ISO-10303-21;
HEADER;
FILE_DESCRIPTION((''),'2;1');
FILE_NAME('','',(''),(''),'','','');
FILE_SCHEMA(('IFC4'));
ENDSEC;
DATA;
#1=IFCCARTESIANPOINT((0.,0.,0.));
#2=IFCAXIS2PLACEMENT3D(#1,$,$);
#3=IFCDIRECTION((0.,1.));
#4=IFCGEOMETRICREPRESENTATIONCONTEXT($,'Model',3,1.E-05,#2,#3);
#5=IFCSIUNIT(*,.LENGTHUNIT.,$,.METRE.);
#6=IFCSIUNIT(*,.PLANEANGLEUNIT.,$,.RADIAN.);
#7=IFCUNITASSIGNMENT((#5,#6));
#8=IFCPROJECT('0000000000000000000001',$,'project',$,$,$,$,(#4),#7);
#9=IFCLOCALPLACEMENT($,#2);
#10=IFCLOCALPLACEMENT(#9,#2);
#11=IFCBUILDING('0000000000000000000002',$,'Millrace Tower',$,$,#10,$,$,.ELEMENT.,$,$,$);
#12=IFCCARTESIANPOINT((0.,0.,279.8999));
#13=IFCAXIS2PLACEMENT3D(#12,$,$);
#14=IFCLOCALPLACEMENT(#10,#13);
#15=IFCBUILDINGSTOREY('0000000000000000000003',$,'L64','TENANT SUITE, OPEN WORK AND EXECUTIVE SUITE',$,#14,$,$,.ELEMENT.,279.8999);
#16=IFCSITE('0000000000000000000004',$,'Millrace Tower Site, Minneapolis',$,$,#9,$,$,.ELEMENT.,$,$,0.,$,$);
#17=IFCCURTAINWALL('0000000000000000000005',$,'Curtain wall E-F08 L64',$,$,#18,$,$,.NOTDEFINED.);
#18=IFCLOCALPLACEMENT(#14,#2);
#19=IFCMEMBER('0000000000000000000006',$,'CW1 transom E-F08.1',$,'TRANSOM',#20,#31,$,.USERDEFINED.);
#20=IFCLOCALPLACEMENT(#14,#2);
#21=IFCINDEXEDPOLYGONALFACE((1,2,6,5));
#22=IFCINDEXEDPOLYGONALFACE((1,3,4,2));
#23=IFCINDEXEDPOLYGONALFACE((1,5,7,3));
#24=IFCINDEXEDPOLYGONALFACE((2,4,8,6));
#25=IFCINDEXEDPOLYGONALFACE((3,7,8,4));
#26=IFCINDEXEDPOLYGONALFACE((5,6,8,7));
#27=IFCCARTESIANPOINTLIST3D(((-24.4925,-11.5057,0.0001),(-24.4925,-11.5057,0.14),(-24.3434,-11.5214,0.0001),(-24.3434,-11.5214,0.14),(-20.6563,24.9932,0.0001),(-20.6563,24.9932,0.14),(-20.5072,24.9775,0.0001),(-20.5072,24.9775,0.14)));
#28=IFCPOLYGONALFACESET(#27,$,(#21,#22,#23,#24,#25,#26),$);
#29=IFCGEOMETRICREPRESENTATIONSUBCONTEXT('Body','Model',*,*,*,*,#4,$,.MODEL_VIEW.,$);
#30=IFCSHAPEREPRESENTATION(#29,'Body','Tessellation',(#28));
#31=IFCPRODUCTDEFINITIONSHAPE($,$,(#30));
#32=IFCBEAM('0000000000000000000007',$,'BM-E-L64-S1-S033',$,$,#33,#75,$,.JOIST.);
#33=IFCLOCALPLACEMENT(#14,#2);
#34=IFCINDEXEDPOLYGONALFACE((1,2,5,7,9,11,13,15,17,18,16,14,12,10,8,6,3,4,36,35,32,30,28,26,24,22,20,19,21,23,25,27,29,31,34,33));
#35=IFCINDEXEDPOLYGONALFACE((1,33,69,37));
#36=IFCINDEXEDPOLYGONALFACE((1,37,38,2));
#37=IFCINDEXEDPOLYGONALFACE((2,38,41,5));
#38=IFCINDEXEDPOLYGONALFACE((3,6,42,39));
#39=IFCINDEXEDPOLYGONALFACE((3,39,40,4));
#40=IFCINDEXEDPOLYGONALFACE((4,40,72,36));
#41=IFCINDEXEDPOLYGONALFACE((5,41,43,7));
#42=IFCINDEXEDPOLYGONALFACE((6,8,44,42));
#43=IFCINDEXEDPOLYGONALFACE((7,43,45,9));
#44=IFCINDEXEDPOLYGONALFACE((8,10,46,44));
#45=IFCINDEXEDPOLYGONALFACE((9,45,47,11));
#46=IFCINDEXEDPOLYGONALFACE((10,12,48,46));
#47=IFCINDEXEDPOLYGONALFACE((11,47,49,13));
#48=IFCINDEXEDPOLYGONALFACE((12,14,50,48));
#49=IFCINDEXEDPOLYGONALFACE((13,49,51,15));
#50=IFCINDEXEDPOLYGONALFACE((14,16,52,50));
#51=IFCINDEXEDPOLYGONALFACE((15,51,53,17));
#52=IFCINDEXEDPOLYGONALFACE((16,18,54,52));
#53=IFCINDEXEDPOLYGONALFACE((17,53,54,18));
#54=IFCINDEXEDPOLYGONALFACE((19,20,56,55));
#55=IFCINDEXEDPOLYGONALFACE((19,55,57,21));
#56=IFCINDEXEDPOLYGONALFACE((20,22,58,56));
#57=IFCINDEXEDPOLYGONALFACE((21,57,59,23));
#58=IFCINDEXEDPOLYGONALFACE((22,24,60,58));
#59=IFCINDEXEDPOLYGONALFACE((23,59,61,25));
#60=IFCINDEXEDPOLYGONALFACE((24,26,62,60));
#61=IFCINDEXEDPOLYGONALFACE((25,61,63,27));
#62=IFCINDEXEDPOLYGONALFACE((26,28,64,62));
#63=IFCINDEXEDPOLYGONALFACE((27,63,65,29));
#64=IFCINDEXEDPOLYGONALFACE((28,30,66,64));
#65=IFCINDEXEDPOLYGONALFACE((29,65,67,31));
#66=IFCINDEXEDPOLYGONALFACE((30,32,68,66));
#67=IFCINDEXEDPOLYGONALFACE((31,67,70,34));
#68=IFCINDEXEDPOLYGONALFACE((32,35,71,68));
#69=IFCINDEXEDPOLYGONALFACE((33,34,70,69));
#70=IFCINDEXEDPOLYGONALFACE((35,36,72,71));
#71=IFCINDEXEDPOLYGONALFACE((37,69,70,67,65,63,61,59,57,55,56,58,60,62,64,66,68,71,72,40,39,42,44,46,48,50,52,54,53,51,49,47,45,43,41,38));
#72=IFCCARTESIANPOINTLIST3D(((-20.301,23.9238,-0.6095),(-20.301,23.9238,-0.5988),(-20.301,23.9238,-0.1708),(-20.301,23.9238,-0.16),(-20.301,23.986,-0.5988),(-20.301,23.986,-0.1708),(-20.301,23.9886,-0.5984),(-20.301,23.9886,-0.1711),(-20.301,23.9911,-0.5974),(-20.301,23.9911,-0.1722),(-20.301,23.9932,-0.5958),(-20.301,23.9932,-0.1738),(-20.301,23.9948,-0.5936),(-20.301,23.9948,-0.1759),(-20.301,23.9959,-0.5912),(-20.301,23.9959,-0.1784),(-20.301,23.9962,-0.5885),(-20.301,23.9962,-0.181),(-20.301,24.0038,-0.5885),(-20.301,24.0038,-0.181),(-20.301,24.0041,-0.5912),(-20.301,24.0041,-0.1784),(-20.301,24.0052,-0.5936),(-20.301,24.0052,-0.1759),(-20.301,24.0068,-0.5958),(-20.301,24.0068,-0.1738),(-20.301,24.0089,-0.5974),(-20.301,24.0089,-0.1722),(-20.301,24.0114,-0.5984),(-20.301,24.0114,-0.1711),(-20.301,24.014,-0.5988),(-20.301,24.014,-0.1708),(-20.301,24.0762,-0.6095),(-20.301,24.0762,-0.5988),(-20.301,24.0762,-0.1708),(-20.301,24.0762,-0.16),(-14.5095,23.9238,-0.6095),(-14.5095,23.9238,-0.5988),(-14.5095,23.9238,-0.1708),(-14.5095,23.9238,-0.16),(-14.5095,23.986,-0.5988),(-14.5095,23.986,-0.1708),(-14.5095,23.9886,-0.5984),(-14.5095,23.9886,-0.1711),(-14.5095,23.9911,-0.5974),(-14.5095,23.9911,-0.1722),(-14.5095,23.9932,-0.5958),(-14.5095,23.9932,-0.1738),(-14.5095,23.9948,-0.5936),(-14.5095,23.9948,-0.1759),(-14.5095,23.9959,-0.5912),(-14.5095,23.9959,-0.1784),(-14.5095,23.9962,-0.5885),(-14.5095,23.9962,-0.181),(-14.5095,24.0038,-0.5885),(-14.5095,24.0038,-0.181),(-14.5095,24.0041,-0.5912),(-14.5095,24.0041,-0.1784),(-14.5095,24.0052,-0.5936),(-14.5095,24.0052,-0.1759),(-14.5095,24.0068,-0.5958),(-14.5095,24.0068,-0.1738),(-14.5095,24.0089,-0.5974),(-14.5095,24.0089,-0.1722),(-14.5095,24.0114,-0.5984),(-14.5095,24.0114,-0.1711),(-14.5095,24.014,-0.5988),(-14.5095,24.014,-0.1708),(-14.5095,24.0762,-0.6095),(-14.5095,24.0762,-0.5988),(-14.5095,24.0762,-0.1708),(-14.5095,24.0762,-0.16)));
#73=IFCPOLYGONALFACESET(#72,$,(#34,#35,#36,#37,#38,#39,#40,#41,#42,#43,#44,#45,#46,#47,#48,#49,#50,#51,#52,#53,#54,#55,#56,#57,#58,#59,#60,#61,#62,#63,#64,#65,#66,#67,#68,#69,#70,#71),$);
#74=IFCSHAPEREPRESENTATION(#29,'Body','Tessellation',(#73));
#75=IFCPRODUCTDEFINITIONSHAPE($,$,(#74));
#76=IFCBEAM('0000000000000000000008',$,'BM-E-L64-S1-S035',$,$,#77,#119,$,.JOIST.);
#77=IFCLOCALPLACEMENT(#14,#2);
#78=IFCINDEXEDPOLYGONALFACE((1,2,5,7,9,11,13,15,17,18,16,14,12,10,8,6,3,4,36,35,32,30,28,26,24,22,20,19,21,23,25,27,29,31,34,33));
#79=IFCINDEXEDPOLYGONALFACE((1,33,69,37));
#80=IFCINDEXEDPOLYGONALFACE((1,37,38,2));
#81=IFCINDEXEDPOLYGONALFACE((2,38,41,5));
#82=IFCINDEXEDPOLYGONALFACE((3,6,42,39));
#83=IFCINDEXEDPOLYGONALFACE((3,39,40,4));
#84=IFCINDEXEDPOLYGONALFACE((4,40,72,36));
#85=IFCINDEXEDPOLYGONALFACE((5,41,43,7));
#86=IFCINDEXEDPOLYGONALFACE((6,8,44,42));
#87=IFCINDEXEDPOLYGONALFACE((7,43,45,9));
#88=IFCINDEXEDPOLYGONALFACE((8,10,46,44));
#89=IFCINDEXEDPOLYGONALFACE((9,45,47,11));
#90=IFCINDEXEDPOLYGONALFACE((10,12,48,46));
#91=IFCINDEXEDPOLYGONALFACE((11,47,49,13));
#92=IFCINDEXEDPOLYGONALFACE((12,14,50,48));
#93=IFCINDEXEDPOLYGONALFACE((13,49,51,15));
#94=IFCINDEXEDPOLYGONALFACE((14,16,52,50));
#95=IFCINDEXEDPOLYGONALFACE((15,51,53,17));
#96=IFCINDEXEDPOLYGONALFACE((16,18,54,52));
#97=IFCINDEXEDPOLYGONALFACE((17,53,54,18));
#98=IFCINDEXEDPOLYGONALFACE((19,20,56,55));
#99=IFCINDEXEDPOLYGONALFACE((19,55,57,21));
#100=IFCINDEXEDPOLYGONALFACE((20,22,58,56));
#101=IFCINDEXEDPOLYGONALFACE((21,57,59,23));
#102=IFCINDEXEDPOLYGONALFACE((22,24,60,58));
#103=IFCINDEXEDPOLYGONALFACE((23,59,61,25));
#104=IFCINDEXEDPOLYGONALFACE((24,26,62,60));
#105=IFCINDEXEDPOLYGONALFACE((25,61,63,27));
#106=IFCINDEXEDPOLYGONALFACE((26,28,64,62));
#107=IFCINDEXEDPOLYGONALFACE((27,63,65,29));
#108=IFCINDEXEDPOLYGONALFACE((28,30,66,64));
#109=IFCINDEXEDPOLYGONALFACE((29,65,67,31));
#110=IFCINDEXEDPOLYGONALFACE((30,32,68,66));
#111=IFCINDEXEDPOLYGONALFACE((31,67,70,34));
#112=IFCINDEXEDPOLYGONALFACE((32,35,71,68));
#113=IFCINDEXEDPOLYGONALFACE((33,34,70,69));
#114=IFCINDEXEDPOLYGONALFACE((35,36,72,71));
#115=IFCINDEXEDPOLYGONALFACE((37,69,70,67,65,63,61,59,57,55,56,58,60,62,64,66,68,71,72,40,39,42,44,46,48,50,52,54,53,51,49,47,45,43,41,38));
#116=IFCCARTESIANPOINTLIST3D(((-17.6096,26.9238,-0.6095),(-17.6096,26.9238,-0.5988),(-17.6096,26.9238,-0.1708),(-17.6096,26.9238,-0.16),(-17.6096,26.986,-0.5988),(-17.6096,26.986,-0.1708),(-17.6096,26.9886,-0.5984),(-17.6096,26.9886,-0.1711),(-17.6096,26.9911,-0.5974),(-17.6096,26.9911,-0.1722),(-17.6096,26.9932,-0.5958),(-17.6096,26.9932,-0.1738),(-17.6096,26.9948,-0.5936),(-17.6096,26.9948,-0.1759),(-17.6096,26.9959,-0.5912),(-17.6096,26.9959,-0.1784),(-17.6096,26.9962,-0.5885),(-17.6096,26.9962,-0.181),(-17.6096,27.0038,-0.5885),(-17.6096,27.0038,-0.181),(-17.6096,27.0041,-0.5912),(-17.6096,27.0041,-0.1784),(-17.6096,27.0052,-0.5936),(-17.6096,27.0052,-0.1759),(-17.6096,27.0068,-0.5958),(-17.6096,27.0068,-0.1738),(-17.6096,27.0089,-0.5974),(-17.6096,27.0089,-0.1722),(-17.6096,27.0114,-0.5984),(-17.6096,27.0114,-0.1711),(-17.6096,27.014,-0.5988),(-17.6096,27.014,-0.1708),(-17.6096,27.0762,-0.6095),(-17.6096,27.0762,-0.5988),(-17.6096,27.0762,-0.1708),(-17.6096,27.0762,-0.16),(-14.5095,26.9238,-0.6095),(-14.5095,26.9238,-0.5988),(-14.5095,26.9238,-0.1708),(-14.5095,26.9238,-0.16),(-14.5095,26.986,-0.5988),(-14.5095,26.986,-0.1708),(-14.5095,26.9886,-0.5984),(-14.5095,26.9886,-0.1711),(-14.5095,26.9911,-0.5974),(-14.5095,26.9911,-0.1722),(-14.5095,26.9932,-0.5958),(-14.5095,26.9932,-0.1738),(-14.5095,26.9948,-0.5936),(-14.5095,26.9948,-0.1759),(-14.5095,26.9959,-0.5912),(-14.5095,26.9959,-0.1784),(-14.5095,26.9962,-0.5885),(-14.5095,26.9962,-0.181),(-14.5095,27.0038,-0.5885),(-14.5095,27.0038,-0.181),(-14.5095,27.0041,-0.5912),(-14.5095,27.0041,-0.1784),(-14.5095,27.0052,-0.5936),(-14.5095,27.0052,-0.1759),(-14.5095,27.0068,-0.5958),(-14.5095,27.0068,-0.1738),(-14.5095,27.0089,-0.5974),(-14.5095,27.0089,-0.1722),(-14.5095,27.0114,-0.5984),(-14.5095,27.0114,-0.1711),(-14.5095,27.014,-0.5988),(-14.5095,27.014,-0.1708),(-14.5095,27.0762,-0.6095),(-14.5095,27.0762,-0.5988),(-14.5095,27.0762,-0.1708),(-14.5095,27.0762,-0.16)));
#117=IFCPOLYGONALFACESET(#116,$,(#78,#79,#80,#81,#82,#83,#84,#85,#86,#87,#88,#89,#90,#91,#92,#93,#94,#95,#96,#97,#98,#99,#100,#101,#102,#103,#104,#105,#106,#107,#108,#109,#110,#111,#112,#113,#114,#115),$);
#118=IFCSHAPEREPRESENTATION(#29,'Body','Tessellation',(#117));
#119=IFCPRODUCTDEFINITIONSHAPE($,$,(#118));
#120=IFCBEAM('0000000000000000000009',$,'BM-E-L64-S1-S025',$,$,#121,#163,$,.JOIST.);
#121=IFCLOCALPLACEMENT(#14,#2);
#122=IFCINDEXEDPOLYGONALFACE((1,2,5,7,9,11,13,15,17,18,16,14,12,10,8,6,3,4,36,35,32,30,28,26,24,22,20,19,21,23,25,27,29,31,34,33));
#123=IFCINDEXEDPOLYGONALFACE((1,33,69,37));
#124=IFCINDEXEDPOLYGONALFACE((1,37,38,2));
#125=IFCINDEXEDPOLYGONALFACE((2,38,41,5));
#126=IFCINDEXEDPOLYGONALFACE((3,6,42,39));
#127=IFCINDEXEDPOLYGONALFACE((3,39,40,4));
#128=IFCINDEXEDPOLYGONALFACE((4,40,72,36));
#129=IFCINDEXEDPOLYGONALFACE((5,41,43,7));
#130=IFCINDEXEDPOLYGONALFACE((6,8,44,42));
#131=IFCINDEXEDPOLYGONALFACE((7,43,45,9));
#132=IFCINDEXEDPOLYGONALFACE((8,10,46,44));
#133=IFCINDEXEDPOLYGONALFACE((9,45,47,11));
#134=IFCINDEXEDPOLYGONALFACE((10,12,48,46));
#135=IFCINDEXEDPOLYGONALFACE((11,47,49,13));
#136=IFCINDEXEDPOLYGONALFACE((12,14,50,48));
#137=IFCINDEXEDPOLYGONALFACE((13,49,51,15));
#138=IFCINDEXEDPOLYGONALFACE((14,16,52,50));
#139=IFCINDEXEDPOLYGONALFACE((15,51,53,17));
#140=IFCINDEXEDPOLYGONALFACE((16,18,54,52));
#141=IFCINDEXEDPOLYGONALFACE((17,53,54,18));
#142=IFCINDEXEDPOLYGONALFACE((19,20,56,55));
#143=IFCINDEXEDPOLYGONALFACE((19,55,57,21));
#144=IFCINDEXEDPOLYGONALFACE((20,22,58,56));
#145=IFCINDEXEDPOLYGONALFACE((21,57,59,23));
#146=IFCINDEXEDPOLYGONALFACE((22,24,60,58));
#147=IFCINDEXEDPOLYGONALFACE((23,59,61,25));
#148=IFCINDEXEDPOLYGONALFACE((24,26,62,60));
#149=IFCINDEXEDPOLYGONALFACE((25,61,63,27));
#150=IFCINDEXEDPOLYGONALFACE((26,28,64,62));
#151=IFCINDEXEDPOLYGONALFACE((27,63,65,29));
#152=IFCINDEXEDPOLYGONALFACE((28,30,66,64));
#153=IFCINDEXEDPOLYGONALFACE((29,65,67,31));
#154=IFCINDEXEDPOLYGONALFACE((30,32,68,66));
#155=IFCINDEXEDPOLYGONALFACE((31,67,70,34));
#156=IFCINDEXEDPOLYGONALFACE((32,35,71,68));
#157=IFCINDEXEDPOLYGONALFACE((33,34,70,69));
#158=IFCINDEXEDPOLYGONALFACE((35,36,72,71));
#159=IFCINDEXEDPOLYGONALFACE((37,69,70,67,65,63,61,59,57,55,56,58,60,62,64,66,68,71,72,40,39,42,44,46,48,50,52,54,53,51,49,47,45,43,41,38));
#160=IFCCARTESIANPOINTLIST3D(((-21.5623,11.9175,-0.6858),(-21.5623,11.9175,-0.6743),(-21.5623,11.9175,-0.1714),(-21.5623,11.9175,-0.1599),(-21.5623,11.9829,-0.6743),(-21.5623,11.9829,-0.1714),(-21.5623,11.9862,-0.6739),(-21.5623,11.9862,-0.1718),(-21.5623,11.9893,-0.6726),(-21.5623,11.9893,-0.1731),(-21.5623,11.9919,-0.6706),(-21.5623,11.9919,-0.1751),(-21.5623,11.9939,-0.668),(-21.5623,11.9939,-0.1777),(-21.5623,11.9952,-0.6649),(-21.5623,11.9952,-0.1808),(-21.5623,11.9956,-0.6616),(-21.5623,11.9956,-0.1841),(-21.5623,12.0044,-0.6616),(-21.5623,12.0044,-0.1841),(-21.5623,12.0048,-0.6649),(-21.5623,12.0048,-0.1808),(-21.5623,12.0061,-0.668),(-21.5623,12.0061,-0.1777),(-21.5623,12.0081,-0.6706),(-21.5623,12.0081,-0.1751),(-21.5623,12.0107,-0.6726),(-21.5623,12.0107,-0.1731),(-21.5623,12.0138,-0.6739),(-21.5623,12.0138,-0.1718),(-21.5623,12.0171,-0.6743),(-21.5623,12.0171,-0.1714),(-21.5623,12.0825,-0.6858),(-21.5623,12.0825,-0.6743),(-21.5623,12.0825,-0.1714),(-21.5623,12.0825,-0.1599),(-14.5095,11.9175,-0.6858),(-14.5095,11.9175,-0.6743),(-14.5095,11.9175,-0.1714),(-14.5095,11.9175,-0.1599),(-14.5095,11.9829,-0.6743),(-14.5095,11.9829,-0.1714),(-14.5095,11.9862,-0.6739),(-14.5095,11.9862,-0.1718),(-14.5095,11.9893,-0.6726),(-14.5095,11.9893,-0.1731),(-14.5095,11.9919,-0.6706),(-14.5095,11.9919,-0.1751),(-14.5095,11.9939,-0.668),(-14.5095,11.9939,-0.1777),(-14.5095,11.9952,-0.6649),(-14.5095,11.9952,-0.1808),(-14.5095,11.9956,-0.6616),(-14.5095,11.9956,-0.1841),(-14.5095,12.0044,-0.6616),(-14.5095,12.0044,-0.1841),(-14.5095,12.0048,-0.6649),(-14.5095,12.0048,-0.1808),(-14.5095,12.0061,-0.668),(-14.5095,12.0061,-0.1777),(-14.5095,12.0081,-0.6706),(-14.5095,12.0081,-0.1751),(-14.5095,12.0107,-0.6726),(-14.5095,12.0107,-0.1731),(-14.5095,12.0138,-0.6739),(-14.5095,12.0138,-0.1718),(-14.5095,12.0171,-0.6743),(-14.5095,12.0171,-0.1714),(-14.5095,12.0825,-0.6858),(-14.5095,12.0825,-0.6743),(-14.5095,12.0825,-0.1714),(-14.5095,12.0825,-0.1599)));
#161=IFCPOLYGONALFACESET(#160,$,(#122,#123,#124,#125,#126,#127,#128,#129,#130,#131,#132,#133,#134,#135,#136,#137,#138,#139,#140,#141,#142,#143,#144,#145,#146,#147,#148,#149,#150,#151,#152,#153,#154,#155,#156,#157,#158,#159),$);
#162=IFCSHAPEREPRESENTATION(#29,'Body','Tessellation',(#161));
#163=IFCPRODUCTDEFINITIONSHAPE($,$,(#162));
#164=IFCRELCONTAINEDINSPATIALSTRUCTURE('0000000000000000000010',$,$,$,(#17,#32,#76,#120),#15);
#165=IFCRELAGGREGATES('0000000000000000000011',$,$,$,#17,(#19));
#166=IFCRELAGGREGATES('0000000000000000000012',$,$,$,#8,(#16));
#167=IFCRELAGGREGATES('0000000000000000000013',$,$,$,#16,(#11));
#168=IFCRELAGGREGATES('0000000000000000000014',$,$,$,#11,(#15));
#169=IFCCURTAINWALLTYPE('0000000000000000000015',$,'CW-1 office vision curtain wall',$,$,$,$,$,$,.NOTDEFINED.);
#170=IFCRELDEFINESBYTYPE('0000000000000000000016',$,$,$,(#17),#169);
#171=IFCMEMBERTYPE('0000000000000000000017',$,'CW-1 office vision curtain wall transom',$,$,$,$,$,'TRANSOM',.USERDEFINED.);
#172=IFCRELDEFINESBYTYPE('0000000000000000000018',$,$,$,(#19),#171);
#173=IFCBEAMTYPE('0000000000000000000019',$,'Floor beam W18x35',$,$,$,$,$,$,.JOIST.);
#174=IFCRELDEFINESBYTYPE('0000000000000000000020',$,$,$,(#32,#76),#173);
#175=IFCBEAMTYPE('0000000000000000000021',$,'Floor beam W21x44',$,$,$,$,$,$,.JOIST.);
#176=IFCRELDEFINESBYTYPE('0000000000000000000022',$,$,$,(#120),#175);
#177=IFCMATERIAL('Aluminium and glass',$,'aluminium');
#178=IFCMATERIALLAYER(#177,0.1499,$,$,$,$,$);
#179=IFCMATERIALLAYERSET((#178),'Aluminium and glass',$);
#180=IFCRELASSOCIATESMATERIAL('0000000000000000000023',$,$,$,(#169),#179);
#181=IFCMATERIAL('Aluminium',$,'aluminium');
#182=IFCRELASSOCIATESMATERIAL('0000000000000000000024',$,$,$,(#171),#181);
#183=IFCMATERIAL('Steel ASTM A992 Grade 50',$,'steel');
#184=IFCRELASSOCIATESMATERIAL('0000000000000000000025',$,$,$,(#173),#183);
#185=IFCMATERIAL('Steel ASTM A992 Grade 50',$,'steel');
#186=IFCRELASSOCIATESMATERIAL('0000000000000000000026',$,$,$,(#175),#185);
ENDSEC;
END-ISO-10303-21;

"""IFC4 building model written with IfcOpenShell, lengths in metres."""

from ifc_helpers import new_model, si_unit, direction, frame, origin, origin_2d, place, context, subcontext, project, spatial, rectangle, i_section, extrude, material, layer, layer_set, material_profile, profile_set, type_object, element, aggregate, save


model = new_model("IFC4")

# Units and contexts
model_context = context("Model", 3, precision=1e-05, world=origin(), true_north=direction((0.0, 1.0)))
body_context = subcontext(model_context, "Body", "Model", "MODEL_VIEW")
ifc_project = project(units=[si_unit("LENGTHUNIT", "METRE"), si_unit("PLANEANGLEUNIT", "RADIAN")], contexts=[model_context])

# Site, building, storey
site_placement = place(None, origin())
site = spatial("IfcSite", under=ifc_project, at=site_placement, Name="Millrace Tower Site, Minneapolis", CompositionType="ELEMENT", RefElevation=0.0)
building_placement = place(site_placement, origin())
building = spatial("IfcBuilding", under=site, at=building_placement, Name="Millrace Tower", CompositionType="ELEMENT")
storey_placement = place(building_placement, frame((0.0, 0.0, 279.8999)))
storey = spatial("IfcBuildingStorey", under=building, at=storey_placement, Name="L64", Description="TENANT SUITE, OPEN WORK AND EXECUTIVE SUITE", CompositionType="ELEMENT", Elevation=279.8999)

# Curtain wall, member
ifc_material_1 = material(Name="Aluminium and glass", Category="aluminium")
ifc_layer_1 = layer(ifc_material_1, 0.1499)
ifc_layer_set_1 = layer_set([ifc_layer_1], Name="Aluminium and glass")
curtain_wall_type = type_object("IfcCurtainWallType", Name="CW-1 office vision curtain wall", PredefinedType="NOTDEFINED", material=ifc_layer_set_1)
curtain_wall_placement = place(storey_placement, origin())
curtain_wall = element("IfcCurtainWall", 1, at=curtain_wall_placement, inside=storey, type_object=curtain_wall_type, Name="Curtain wall E-F08 L64", PredefinedType="NOTDEFINED")
ifc_material_2 = material(Name="Aluminium", Category="aluminium")
ifc_material_profile_1 = material_profile(ifc_material_2, rectangle(XDim=0.1499, YDim=0.1399, at=origin_2d()))
ifc_profile_set_1 = profile_set([ifc_material_profile_1], Name="Aluminium")
member_type_1 = type_object("IfcMemberType", Name="CW-1 office vision curtain wall transom", ElementType="TRANSOM", PredefinedType="USERDEFINED", material=ifc_profile_set_1)
member_1_placement = place(storey_placement, frame((-20.5818, 24.9854, 0.0701), z_axis=(-0.104528, -0.994522, 0.0), x_axis=(0.994522, -0.104528, 0.0)))
member_1 = element("IfcMember", 2, at=member_1_placement, type_object=member_type_1, Name="CW1 transom E-F08.1", ObjectType="TRANSOM", PredefinedType="USERDEFINED", context=body_context, shape_type="SweptSolid", body=[
    extrude(rectangle(XDim=0.1499, YDim=0.1399, at=origin_2d()), origin(), (0.0, 0.0, 1.0), 36.7),
])
aggregate(curtain_wall, [member_1])

# Beams
ifc_material_3 = material(Name="Steel ASTM A992 Grade 50", Category="steel")
ifc_material_profile_2 = material_profile(ifc_material_3, i_section(OverallWidth=0.1523, OverallDepth=0.4495, WebThickness=0.0076, FlangeThickness=0.0107, FilletRadius=0.0103, at=origin_2d()))
ifc_profile_set_2 = profile_set([ifc_material_profile_2], Name="Steel ASTM A992 Grade 50")
beam_type_1 = type_object("IfcBeamType", Name="Floor beam W18x35", PredefinedType="JOIST", material=ifc_profile_set_2)
beam_1_placement = place(storey_placement, frame((-20.301, 24.0, -0.3848), z_axis=(1.0, 0.0, 0.0), x_axis=(0.0, 1.0, 0.0)))
element("IfcBeam", 3, at=beam_1_placement, inside=storey, type_object=beam_type_1, Name="BM-E-L64-S1-S033", PredefinedType="JOIST", context=body_context, shape_type="SweptSolid", body=[
    extrude(i_section(OverallWidth=0.1523, OverallDepth=0.4495, WebThickness=0.0076, FlangeThickness=0.0107, FilletRadius=0.0103, at=origin_2d()), origin(), (0.0, 0.0, 1.0), 5.7915),
])
beam_2_placement = place(storey_placement, frame((-17.6096, 27.0, -0.3848), z_axis=(1.0, 0.0, 0.0), x_axis=(0.0, 1.0, 0.0)))
element("IfcBeam", 4, at=beam_2_placement, inside=storey, type_object=beam_type_1, Name="BM-E-L64-S1-S035", PredefinedType="JOIST", context=body_context, shape_type="SweptSolid", body=[
    extrude(i_section(OverallWidth=0.1523, OverallDepth=0.4495, WebThickness=0.0076, FlangeThickness=0.0107, FilletRadius=0.0103, at=origin_2d()), origin(), (0.0, 0.0, 1.0), 3.1001),
])
ifc_material_4 = material(Name="Steel ASTM A992 Grade 50", Category="steel")
ifc_material_profile_3 = material_profile(ifc_material_4, i_section(OverallWidth=0.165, OverallDepth=0.5259, WebThickness=0.0088, FlangeThickness=0.0115, FilletRadius=0.0127, at=origin_2d()))
ifc_profile_set_3 = profile_set([ifc_material_profile_3], Name="Steel ASTM A992 Grade 50")
beam_type_2 = type_object("IfcBeamType", Name="Floor beam W21x44", PredefinedType="JOIST", material=ifc_profile_set_3)
beam_3_placement = place(storey_placement, frame((-21.5623, 12.0, -0.4229), z_axis=(1.0, 0.0, 0.0), x_axis=(0.0, 1.0, 0.0)))
element("IfcBeam", 5, at=beam_3_placement, inside=storey, type_object=beam_type_2, Name="BM-E-L64-S1-S025", PredefinedType="JOIST", context=body_context, shape_type="SweptSolid", body=[
    extrude(i_section(OverallWidth=0.165, OverallDepth=0.5259, WebThickness=0.0088, FlangeThickness=0.0115, FilletRadius=0.0127, at=origin_2d()), origin(), (0.0, 0.0, 1.0), 7.0527),
])

save(model, "model.ifc")
